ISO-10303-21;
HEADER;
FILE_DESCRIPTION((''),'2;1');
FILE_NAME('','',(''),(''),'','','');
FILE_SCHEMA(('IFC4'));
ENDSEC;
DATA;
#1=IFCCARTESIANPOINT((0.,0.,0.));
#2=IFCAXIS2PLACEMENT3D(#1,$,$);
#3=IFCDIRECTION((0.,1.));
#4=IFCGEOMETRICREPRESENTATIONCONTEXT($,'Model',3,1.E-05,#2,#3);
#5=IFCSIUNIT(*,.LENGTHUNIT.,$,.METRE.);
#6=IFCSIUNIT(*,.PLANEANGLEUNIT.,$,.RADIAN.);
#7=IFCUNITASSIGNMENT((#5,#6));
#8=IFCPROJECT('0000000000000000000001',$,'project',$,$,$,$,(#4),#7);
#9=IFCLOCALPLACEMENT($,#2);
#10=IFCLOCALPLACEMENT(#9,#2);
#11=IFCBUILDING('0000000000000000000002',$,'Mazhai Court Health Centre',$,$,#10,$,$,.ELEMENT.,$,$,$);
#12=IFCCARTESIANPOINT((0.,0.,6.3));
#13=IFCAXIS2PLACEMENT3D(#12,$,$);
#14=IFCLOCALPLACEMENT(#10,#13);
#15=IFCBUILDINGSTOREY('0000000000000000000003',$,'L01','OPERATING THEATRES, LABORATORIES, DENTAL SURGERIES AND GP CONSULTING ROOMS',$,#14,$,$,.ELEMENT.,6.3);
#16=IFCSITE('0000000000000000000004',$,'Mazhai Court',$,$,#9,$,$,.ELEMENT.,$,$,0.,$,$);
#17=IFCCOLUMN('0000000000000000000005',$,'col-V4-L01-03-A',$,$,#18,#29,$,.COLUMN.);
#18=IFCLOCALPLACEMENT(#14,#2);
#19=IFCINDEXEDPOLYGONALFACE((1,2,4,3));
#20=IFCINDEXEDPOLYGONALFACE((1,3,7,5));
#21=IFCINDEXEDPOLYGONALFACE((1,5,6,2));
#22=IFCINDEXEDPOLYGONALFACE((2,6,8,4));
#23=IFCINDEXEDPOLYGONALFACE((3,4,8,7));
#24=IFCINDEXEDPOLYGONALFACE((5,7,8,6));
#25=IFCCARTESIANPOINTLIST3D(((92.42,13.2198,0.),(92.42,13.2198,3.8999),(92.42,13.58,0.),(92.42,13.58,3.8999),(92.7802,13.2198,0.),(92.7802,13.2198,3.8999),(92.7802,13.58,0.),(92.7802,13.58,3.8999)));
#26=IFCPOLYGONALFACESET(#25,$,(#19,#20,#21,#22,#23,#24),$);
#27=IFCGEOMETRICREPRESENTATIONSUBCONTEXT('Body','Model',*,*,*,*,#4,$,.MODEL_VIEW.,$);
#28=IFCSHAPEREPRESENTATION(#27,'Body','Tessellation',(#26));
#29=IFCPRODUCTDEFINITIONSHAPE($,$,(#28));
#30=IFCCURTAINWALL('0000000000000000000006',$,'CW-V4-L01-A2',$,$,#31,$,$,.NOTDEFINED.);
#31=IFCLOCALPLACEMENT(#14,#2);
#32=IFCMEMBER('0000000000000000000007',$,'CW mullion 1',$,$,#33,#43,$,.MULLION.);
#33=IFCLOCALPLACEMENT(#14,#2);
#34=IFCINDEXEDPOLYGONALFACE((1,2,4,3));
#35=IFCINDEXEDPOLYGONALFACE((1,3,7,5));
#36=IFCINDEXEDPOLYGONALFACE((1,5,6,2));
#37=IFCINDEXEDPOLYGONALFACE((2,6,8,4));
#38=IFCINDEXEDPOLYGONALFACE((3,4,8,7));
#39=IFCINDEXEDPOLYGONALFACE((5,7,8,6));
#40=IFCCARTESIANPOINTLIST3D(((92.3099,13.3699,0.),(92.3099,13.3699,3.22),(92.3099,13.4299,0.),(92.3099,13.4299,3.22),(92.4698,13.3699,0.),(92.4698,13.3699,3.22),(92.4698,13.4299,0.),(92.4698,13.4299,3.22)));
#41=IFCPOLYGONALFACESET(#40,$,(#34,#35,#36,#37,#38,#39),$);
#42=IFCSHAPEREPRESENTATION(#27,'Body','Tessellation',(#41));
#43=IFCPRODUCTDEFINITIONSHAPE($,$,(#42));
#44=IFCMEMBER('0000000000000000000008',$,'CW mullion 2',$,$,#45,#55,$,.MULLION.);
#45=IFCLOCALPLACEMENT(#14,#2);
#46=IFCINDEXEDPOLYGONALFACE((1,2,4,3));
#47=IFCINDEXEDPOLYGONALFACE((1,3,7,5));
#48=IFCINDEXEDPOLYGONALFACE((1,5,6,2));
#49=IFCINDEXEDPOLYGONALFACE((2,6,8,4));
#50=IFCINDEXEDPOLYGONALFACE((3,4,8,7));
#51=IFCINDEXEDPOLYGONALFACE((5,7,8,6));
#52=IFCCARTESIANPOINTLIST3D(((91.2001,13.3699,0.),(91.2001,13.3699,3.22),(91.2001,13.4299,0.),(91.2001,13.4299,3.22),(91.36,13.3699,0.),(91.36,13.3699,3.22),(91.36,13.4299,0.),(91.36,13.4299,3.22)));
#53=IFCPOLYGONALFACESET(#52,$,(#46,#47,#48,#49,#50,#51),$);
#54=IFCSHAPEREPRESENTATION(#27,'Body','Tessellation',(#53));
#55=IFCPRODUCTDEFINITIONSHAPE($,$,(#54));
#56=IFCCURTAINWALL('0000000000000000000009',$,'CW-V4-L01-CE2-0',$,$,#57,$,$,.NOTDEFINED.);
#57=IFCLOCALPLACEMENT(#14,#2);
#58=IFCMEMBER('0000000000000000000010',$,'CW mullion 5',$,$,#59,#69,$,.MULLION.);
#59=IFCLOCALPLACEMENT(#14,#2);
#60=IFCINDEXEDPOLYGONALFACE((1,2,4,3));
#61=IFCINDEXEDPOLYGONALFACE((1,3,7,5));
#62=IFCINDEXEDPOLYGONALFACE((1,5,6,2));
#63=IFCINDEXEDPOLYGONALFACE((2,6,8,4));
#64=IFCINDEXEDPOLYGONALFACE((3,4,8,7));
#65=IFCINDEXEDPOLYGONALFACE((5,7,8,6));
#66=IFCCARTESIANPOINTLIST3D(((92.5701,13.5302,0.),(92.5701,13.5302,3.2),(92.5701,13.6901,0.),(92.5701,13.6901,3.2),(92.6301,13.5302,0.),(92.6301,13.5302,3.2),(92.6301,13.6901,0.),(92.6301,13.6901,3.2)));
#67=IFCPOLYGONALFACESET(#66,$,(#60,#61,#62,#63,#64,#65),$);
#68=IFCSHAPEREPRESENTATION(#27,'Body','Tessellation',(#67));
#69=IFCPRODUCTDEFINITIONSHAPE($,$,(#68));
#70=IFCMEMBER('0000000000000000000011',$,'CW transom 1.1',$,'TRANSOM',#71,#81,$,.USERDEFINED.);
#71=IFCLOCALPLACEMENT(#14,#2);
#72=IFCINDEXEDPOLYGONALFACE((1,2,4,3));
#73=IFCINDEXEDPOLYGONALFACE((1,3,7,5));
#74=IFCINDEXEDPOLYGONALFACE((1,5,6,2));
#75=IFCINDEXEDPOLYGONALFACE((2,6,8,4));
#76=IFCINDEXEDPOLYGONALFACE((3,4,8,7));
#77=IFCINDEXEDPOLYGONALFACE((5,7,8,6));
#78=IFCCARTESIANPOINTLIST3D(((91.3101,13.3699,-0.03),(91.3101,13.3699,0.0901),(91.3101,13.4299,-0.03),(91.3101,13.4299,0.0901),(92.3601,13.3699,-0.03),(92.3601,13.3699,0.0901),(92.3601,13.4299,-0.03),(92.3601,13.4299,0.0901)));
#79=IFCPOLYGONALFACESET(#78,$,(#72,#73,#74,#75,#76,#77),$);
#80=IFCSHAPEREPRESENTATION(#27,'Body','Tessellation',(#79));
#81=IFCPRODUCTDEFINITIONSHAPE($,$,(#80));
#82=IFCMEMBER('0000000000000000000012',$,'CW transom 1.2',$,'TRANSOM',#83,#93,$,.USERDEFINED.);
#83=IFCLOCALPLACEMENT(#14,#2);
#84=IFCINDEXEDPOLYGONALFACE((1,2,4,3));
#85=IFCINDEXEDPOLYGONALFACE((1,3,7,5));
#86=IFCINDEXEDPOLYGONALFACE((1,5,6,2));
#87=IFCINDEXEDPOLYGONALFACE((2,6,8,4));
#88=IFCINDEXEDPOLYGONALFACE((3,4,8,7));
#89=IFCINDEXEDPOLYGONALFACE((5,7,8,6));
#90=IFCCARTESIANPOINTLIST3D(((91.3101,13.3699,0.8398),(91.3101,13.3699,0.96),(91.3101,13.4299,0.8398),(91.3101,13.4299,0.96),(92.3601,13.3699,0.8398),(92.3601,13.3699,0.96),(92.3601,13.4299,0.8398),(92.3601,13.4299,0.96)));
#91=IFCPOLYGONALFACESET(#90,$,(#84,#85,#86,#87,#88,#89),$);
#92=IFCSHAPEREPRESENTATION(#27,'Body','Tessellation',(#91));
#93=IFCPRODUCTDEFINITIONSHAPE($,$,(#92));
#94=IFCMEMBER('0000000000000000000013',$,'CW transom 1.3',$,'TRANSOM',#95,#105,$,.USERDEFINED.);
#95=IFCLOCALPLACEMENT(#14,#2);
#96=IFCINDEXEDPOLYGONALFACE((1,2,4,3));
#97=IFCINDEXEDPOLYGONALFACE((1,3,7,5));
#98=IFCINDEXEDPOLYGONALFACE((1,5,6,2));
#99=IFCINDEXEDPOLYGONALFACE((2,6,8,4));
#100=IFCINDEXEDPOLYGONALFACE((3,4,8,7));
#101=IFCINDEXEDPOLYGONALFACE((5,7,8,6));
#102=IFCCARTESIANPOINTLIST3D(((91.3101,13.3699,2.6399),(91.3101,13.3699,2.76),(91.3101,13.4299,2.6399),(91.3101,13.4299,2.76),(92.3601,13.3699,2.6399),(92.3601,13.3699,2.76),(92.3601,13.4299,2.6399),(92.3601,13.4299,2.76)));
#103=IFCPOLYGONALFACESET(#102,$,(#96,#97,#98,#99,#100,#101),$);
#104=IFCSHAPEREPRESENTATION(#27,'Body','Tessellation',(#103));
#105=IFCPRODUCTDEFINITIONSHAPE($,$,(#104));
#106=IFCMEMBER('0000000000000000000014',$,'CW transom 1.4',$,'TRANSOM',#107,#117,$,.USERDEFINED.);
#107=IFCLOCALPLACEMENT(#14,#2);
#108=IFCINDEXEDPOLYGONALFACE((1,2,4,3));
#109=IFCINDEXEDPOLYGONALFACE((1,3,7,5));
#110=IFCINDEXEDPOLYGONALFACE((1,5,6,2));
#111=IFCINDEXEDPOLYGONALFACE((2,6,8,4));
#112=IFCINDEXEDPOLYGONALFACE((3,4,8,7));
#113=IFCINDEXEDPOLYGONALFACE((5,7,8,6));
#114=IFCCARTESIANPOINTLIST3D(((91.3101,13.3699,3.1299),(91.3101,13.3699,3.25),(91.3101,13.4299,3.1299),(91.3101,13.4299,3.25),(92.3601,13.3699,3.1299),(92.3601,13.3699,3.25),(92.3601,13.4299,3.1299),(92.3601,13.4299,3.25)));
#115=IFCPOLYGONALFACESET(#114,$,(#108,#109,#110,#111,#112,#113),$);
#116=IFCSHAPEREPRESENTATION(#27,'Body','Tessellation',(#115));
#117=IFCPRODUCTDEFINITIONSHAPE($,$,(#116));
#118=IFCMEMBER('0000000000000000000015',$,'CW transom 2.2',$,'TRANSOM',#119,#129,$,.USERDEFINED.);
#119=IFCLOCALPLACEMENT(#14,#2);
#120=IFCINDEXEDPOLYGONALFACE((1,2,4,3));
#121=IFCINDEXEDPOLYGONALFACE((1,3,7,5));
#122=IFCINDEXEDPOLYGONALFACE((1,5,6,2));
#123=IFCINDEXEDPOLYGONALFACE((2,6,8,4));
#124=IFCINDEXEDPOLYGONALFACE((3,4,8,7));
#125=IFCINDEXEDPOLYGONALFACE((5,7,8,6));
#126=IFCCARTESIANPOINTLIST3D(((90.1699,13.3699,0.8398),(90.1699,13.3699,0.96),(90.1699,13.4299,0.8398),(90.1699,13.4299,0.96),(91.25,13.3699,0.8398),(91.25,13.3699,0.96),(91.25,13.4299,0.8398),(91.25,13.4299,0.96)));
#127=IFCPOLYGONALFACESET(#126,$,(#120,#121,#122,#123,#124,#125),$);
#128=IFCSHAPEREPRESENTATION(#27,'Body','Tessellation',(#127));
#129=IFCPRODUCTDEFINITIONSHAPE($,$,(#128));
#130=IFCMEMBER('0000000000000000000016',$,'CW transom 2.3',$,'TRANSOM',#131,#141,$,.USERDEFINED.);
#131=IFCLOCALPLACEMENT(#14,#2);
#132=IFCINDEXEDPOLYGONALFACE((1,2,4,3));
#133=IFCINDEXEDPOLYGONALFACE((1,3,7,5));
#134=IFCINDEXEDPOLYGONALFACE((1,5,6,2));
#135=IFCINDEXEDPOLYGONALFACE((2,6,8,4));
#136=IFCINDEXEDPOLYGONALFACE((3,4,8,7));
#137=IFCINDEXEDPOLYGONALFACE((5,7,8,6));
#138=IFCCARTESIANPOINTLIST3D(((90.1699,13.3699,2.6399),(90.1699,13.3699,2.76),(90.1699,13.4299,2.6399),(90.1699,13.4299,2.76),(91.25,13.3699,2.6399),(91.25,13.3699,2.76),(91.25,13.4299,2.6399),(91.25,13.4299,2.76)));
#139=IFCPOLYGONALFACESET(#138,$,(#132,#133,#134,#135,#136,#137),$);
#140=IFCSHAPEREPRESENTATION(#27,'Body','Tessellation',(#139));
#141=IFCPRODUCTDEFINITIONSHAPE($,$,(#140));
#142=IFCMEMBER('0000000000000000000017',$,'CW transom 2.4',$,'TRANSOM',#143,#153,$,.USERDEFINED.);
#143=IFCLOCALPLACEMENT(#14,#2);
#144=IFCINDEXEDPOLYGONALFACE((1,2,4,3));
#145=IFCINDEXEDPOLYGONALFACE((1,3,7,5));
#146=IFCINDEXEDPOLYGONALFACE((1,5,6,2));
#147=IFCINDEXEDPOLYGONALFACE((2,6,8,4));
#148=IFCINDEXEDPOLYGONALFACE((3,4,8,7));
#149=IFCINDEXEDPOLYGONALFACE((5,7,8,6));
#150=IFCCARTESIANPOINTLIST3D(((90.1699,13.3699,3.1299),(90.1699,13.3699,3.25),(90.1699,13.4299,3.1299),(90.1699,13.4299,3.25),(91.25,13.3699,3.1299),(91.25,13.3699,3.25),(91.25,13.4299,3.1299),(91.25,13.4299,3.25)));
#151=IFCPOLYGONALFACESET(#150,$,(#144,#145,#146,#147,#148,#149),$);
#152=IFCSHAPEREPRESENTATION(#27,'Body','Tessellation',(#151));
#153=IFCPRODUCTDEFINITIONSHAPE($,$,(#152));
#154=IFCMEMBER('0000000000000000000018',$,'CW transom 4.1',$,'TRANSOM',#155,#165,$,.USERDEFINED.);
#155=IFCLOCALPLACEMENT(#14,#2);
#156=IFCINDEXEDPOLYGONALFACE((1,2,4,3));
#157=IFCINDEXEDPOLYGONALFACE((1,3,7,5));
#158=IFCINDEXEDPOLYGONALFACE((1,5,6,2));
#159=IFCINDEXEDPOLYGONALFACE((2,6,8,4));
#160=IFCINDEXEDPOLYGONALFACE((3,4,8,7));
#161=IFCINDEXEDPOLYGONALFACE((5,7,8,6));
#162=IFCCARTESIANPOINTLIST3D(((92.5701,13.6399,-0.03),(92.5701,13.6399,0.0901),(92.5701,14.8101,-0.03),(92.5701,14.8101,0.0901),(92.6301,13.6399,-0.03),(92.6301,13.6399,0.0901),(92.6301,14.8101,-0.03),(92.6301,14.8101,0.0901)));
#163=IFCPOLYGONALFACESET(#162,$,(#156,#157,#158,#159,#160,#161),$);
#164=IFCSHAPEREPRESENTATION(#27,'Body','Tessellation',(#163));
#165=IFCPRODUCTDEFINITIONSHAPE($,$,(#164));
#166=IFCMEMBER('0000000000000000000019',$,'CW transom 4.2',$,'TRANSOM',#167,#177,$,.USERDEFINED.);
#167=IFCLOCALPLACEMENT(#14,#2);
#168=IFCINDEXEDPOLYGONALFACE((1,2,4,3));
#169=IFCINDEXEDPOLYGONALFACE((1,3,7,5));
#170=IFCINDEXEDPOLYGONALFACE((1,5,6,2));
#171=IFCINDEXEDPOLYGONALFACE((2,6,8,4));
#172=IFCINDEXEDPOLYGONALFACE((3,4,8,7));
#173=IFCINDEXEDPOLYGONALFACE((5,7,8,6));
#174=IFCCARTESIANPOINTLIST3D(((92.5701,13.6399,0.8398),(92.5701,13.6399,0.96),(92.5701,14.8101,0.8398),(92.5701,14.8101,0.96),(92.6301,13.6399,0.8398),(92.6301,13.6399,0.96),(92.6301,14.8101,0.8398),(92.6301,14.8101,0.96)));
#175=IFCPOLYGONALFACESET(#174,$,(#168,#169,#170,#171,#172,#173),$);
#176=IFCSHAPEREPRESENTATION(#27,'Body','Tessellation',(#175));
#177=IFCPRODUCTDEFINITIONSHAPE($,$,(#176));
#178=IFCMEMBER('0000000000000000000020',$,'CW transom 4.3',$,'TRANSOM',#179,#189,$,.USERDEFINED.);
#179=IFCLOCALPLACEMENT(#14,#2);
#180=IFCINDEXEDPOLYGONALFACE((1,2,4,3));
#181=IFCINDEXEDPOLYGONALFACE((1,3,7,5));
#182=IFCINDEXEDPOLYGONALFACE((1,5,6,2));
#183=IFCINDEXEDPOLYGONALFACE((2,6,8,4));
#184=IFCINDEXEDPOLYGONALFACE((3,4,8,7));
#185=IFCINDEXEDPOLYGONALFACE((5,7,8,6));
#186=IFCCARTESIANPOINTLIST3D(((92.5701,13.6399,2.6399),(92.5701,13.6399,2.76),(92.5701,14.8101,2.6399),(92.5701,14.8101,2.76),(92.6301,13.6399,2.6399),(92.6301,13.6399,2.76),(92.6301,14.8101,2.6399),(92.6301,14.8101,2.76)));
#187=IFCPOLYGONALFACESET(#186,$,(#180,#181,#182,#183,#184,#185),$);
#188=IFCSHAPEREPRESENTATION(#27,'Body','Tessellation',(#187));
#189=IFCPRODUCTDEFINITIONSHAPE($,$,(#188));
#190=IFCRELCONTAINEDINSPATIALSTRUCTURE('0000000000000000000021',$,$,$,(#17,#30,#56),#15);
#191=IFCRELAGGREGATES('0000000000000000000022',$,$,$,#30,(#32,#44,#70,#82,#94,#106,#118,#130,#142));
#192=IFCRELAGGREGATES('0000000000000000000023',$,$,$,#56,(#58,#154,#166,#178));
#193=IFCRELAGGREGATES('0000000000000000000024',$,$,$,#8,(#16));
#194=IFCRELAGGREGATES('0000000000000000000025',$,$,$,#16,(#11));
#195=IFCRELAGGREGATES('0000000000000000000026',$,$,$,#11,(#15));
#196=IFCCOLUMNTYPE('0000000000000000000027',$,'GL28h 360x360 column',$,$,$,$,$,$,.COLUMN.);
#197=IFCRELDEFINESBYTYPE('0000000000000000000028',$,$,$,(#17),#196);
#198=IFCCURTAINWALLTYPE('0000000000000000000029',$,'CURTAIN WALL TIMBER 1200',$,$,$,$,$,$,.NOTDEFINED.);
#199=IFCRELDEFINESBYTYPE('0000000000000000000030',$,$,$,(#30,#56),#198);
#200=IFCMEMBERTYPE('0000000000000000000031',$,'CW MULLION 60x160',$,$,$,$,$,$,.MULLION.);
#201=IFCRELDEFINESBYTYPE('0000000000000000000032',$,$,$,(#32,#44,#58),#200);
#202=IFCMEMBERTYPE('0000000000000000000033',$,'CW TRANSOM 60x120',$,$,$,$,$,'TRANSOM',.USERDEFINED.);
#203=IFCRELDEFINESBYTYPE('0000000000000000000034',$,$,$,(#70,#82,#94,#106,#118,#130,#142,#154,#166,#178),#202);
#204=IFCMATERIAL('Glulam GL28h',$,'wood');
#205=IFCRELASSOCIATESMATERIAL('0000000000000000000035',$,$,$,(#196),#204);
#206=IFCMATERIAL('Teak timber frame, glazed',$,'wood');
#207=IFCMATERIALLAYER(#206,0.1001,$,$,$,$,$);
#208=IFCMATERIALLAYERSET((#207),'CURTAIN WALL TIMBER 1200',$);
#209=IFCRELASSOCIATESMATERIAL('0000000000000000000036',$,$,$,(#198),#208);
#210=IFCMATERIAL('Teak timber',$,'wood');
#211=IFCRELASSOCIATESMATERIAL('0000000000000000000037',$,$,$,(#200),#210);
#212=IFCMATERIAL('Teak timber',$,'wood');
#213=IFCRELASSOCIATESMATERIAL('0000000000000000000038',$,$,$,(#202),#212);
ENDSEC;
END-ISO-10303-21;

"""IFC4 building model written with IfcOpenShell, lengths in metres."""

from ifc_helpers import new_model, si_unit, direction, frame, origin, origin_2d, place, context, subcontext, project, spatial, rectangle, extrude, material, layer, layer_set, material_profile, profile_set, type_object, element, aggregate, save


model = new_model("IFC4")

# Units and contexts
model_context = context("Model", 3, precision=1e-05, world=origin(), true_north=direction((0.0, 1.0)))
body_context = subcontext(model_context, "Body", "Model", "MODEL_VIEW")
ifc_project = project(units=[si_unit("LENGTHUNIT", "METRE"), si_unit("PLANEANGLEUNIT", "RADIAN")], contexts=[model_context])

# Site, building, storey
site_placement = place(None, origin())
site = spatial("IfcSite", under=ifc_project, at=site_placement, Name="Mazhai Court", CompositionType="ELEMENT", RefElevation=0.0)
building_placement = place(site_placement, origin())
building = spatial("IfcBuilding", under=site, at=building_placement, Name="Mazhai Court Health Centre", CompositionType="ELEMENT")
storey_placement = place(building_placement, frame((0.0, 0.0, 6.3)))
storey = spatial("IfcBuildingStorey", under=building, at=storey_placement, Name="L01", Description="OPERATING THEATRES, LABORATORIES, DENTAL SURGERIES AND GP CONSULTING ROOMS", CompositionType="ELEMENT", Elevation=6.3)

# Column
ifc_material_1 = material(Name="Glulam GL28h", Category="wood")
ifc_material_profile_1 = material_profile(ifc_material_1, rectangle(XDim=0.3601, YDim=0.3601, at=origin_2d()), Name="GL28h 360x360")
ifc_profile_set_1 = profile_set([ifc_material_profile_1], Name="Glulam GL28h")
column_type = type_object("IfcColumnType", Name="GL28h 360x360 column", PredefinedType="COLUMN", material=ifc_profile_set_1)
column_placement = place(storey_placement, frame((92.6001, 13.3999, 0.0), z_axis=(0.0, 0.0, 1.0), x_axis=(1.0, 0.0, 0.0)))
element("IfcColumn", 1, at=column_placement, inside=storey, type_object=column_type, Name="col-V4-L01-03-A", PredefinedType="COLUMN", context=body_context, shape_type="SweptSolid", body=[
    extrude(rectangle(XDim=0.3601, YDim=0.3601, at=origin_2d()), origin(), (0.0, 0.0, 1.0), 3.8999),
])

# Curtain wall, members
ifc_material_2 = material(Name="Teak timber frame, glazed", Category="wood")
ifc_layer_1 = layer(ifc_material_2, 0.1001)
ifc_layer_set_1 = layer_set([ifc_layer_1], Name="CURTAIN WALL TIMBER 1200")
curtain_wall_type = type_object("IfcCurtainWallType", Name="CURTAIN WALL TIMBER 1200", PredefinedType="NOTDEFINED", material=ifc_layer_set_1)
curtain_wall_1_placement = place(storey_placement, origin())
curtain_wall_1 = element("IfcCurtainWall", 2, at=curtain_wall_1_placement, inside=storey, type_object=curtain_wall_type, Name="CW-V4-L01-A2", PredefinedType="NOTDEFINED")
ifc_material_3 = material(Name="Teak timber", Category="wood")
ifc_material_profile_2 = material_profile(ifc_material_3, rectangle(XDim=0.0601, YDim=0.1599, at=origin_2d()), Name="CW MULLION 60x160")
ifc_profile_set_2 = profile_set([ifc_material_profile_2], Name="Teak timber")
member_type_1 = type_object("IfcMemberType", Name="CW MULLION 60x160", PredefinedType="MULLION", material=ifc_profile_set_2)
member_1_placement = place(storey_placement, frame((92.3899, 13.3999, 0.0), z_axis=(0.0, 0.0, 1.0), x_axis=(0.0, -1.0, 0.0)))
member_1 = element("IfcMember", 3, at=member_1_placement, type_object=member_type_1, Name="CW mullion 1", PredefinedType="MULLION", context=body_context, shape_type="SweptSolid", body=[
    extrude(rectangle(XDim=0.0601, YDim=0.1599, at=origin_2d()), origin(), (0.0, 0.0, 1.0), 3.22),
])
member_2_placement = place(storey_placement, frame((91.28, 13.3999, 0.0), z_axis=(0.0, 0.0, 1.0), x_axis=(0.0, -1.0, 0.0)))
member_2 = element("IfcMember", 4, at=member_2_placement, type_object=member_type_1, Name="CW mullion 2", PredefinedType="MULLION", context=body_context, shape_type="SweptSolid", body=[
    extrude(rectangle(XDim=0.0601, YDim=0.1599, at=origin_2d()), origin(), (0.0, 0.0, 1.0), 3.22),
])

# Curtain wall, member
curtain_wall_2_placement = place(storey_placement, origin())
curtain_wall_2 = element("IfcCurtainWall", 5, at=curtain_wall_2_placement, inside=storey, type_object=curtain_wall_type, Name="CW-V4-L01-CE2-0", PredefinedType="NOTDEFINED")
member_3_placement = place(storey_placement, frame((92.6001, 13.6101, 0.0), z_axis=(0.0, 0.0, 1.0), x_axis=(1.0, 0.0, 0.0)))
member_3 = element("IfcMember", 6, at=member_3_placement, type_object=member_type_1, Name="CW mullion 5", PredefinedType="MULLION", context=body_context, shape_type="SweptSolid", body=[
    extrude(rectangle(XDim=0.0601, YDim=0.1599, at=origin_2d()), origin(), (0.0, 0.0, 1.0), 3.2),
])

# Members
ifc_material_4 = material(Name="Teak timber", Category="wood")
ifc_material_profile_3 = material_profile(ifc_material_4, rectangle(XDim=0.0601, YDim=0.1201, at=origin_2d()), Name="CW TRANSOM 60x120")
ifc_profile_set_3 = profile_set([ifc_material_profile_3], Name="Teak timber")
member_type_2 = type_object("IfcMemberType", Name="CW TRANSOM 60x120", ElementType="TRANSOM", PredefinedType="USERDEFINED", material=ifc_profile_set_3)
member_4_placement = place(storey_placement, frame((92.3601, 13.3999, 0.03), z_axis=(-1.0, 0.0, 0.0), x_axis=(0.0, -1.0, 0.0)))
member_4 = element("IfcMember", 7, at=member_4_placement, type_object=member_type_2, Name="CW transom 1.1", ObjectType="TRANSOM", PredefinedType="USERDEFINED", context=body_context, shape_type="SweptSolid", body=[
    extrude(rectangle(XDim=0.0601, YDim=0.1201, at=origin_2d()), origin(), (0.0, 0.0, 1.0), 1.05),
])
member_5_placement = place(storey_placement, frame((92.3601, 13.3999, 0.8999), z_axis=(-1.0, 0.0, 0.0), x_axis=(0.0, -1.0, 0.0)))
member_5 = element("IfcMember", 8, at=member_5_placement, type_object=member_type_2, Name="CW transom 1.2", ObjectType="TRANSOM", PredefinedType="USERDEFINED", context=body_context, shape_type="SweptSolid", body=[
    extrude(rectangle(XDim=0.0601, YDim=0.1201, at=origin_2d()), origin(), (0.0, 0.0, 1.0), 1.05),
])
member_6_placement = place(storey_placement, frame((92.3601, 13.3999, 2.7), z_axis=(-1.0, 0.0, 0.0), x_axis=(0.0, -1.0, 0.0)))
member_6 = element("IfcMember", 9, at=member_6_placement, type_object=member_type_2, Name="CW transom 1.3", ObjectType="TRANSOM", PredefinedType="USERDEFINED", context=body_context, shape_type="SweptSolid", body=[
    extrude(rectangle(XDim=0.0601, YDim=0.1201, at=origin_2d()), origin(), (0.0, 0.0, 1.0), 1.05),
])
member_7_placement = place(storey_placement, frame((92.3601, 13.3999, 3.1899), z_axis=(-1.0, 0.0, 0.0), x_axis=(0.0, -1.0, 0.0)))
member_7 = element("IfcMember", 10, at=member_7_placement, type_object=member_type_2, Name="CW transom 1.4", ObjectType="TRANSOM", PredefinedType="USERDEFINED", context=body_context, shape_type="SweptSolid", body=[
    extrude(rectangle(XDim=0.0601, YDim=0.1201, at=origin_2d()), origin(), (0.0, 0.0, 1.0), 1.05),
])
member_8_placement = place(storey_placement, frame((91.25, 13.3999, 0.8999), z_axis=(-1.0, 0.0, 0.0), x_axis=(0.0, -1.0, 0.0)))
member_8 = element("IfcMember", 11, at=member_8_placement, type_object=member_type_2, Name="CW transom 2.2", ObjectType="TRANSOM", PredefinedType="USERDEFINED", context=body_context, shape_type="SweptSolid", body=[
    extrude(rectangle(XDim=0.0601, YDim=0.1201, at=origin_2d()), origin(), (0.0, 0.0, 1.0), 1.0801),
])
member_9_placement = place(storey_placement, frame((91.25, 13.3999, 2.7), z_axis=(-1.0, 0.0, 0.0), x_axis=(0.0, -1.0, 0.0)))
member_9 = element("IfcMember", 12, at=member_9_placement, type_object=member_type_2, Name="CW transom 2.3", ObjectType="TRANSOM", PredefinedType="USERDEFINED", context=body_context, shape_type="SweptSolid", body=[
    extrude(rectangle(XDim=0.0601, YDim=0.1201, at=origin_2d()), origin(), (0.0, 0.0, 1.0), 1.0801),
])
member_10_placement = place(storey_placement, frame((91.25, 13.3999, 3.1899), z_axis=(-1.0, 0.0, 0.0), x_axis=(0.0, -1.0, 0.0)))
member_10 = element("IfcMember", 13, at=member_10_placement, type_object=member_type_2, Name="CW transom 2.4", ObjectType="TRANSOM", PredefinedType="USERDEFINED", context=body_context, shape_type="SweptSolid", body=[
    extrude(rectangle(XDim=0.0601, YDim=0.1201, at=origin_2d()), origin(), (0.0, 0.0, 1.0), 1.0801),
])
member_11_placement = place(storey_placement, frame((92.6001, 14.8101, 0.03), z_axis=(0.0, -1.0, 0.0), x_axis=(1.0, 0.0, 0.0)))
member_11 = element("IfcMember", 14, at=member_11_placement, type_object=member_type_2, Name="CW transom 4.1", ObjectType="TRANSOM", PredefinedType="USERDEFINED", context=body_context, shape_type="SweptSolid", body=[
    extrude(rectangle(XDim=0.0601, YDim=0.1201, at=origin_2d()), origin(), (0.0, 0.0, 1.0), 1.1702),
])
member_12_placement = place(storey_placement, frame((92.6001, 14.8101, 0.8999), z_axis=(0.0, -1.0, 0.0), x_axis=(1.0, 0.0, 0.0)))
member_12 = element("IfcMember", 15, at=member_12_placement, type_object=member_type_2, Name="CW transom 4.2", ObjectType="TRANSOM", PredefinedType="USERDEFINED", context=body_context, shape_type="SweptSolid", body=[
    extrude(rectangle(XDim=0.0601, YDim=0.1201, at=origin_2d()), origin(), (0.0, 0.0, 1.0), 1.1702),
])
member_13_placement = place(storey_placement, frame((92.6001, 14.8101, 2.7), z_axis=(0.0, -1.0, 0.0), x_axis=(1.0, 0.0, 0.0)))
member_13 = element("IfcMember", 16, at=member_13_placement, type_object=member_type_2, Name="CW transom 4.3", ObjectType="TRANSOM", PredefinedType="USERDEFINED", context=body_context, shape_type="SweptSolid", body=[
    extrude(rectangle(XDim=0.0601, YDim=0.1201, at=origin_2d()), origin(), (0.0, 0.0, 1.0), 1.1702),
])

aggregate(curtain_wall_1, [member_1, member_2, member_4, member_5, member_6, member_7, member_8, member_9, member_10])
aggregate(curtain_wall_2, [member_3, member_11, member_12, member_13])

save(model, "model.ifc")
